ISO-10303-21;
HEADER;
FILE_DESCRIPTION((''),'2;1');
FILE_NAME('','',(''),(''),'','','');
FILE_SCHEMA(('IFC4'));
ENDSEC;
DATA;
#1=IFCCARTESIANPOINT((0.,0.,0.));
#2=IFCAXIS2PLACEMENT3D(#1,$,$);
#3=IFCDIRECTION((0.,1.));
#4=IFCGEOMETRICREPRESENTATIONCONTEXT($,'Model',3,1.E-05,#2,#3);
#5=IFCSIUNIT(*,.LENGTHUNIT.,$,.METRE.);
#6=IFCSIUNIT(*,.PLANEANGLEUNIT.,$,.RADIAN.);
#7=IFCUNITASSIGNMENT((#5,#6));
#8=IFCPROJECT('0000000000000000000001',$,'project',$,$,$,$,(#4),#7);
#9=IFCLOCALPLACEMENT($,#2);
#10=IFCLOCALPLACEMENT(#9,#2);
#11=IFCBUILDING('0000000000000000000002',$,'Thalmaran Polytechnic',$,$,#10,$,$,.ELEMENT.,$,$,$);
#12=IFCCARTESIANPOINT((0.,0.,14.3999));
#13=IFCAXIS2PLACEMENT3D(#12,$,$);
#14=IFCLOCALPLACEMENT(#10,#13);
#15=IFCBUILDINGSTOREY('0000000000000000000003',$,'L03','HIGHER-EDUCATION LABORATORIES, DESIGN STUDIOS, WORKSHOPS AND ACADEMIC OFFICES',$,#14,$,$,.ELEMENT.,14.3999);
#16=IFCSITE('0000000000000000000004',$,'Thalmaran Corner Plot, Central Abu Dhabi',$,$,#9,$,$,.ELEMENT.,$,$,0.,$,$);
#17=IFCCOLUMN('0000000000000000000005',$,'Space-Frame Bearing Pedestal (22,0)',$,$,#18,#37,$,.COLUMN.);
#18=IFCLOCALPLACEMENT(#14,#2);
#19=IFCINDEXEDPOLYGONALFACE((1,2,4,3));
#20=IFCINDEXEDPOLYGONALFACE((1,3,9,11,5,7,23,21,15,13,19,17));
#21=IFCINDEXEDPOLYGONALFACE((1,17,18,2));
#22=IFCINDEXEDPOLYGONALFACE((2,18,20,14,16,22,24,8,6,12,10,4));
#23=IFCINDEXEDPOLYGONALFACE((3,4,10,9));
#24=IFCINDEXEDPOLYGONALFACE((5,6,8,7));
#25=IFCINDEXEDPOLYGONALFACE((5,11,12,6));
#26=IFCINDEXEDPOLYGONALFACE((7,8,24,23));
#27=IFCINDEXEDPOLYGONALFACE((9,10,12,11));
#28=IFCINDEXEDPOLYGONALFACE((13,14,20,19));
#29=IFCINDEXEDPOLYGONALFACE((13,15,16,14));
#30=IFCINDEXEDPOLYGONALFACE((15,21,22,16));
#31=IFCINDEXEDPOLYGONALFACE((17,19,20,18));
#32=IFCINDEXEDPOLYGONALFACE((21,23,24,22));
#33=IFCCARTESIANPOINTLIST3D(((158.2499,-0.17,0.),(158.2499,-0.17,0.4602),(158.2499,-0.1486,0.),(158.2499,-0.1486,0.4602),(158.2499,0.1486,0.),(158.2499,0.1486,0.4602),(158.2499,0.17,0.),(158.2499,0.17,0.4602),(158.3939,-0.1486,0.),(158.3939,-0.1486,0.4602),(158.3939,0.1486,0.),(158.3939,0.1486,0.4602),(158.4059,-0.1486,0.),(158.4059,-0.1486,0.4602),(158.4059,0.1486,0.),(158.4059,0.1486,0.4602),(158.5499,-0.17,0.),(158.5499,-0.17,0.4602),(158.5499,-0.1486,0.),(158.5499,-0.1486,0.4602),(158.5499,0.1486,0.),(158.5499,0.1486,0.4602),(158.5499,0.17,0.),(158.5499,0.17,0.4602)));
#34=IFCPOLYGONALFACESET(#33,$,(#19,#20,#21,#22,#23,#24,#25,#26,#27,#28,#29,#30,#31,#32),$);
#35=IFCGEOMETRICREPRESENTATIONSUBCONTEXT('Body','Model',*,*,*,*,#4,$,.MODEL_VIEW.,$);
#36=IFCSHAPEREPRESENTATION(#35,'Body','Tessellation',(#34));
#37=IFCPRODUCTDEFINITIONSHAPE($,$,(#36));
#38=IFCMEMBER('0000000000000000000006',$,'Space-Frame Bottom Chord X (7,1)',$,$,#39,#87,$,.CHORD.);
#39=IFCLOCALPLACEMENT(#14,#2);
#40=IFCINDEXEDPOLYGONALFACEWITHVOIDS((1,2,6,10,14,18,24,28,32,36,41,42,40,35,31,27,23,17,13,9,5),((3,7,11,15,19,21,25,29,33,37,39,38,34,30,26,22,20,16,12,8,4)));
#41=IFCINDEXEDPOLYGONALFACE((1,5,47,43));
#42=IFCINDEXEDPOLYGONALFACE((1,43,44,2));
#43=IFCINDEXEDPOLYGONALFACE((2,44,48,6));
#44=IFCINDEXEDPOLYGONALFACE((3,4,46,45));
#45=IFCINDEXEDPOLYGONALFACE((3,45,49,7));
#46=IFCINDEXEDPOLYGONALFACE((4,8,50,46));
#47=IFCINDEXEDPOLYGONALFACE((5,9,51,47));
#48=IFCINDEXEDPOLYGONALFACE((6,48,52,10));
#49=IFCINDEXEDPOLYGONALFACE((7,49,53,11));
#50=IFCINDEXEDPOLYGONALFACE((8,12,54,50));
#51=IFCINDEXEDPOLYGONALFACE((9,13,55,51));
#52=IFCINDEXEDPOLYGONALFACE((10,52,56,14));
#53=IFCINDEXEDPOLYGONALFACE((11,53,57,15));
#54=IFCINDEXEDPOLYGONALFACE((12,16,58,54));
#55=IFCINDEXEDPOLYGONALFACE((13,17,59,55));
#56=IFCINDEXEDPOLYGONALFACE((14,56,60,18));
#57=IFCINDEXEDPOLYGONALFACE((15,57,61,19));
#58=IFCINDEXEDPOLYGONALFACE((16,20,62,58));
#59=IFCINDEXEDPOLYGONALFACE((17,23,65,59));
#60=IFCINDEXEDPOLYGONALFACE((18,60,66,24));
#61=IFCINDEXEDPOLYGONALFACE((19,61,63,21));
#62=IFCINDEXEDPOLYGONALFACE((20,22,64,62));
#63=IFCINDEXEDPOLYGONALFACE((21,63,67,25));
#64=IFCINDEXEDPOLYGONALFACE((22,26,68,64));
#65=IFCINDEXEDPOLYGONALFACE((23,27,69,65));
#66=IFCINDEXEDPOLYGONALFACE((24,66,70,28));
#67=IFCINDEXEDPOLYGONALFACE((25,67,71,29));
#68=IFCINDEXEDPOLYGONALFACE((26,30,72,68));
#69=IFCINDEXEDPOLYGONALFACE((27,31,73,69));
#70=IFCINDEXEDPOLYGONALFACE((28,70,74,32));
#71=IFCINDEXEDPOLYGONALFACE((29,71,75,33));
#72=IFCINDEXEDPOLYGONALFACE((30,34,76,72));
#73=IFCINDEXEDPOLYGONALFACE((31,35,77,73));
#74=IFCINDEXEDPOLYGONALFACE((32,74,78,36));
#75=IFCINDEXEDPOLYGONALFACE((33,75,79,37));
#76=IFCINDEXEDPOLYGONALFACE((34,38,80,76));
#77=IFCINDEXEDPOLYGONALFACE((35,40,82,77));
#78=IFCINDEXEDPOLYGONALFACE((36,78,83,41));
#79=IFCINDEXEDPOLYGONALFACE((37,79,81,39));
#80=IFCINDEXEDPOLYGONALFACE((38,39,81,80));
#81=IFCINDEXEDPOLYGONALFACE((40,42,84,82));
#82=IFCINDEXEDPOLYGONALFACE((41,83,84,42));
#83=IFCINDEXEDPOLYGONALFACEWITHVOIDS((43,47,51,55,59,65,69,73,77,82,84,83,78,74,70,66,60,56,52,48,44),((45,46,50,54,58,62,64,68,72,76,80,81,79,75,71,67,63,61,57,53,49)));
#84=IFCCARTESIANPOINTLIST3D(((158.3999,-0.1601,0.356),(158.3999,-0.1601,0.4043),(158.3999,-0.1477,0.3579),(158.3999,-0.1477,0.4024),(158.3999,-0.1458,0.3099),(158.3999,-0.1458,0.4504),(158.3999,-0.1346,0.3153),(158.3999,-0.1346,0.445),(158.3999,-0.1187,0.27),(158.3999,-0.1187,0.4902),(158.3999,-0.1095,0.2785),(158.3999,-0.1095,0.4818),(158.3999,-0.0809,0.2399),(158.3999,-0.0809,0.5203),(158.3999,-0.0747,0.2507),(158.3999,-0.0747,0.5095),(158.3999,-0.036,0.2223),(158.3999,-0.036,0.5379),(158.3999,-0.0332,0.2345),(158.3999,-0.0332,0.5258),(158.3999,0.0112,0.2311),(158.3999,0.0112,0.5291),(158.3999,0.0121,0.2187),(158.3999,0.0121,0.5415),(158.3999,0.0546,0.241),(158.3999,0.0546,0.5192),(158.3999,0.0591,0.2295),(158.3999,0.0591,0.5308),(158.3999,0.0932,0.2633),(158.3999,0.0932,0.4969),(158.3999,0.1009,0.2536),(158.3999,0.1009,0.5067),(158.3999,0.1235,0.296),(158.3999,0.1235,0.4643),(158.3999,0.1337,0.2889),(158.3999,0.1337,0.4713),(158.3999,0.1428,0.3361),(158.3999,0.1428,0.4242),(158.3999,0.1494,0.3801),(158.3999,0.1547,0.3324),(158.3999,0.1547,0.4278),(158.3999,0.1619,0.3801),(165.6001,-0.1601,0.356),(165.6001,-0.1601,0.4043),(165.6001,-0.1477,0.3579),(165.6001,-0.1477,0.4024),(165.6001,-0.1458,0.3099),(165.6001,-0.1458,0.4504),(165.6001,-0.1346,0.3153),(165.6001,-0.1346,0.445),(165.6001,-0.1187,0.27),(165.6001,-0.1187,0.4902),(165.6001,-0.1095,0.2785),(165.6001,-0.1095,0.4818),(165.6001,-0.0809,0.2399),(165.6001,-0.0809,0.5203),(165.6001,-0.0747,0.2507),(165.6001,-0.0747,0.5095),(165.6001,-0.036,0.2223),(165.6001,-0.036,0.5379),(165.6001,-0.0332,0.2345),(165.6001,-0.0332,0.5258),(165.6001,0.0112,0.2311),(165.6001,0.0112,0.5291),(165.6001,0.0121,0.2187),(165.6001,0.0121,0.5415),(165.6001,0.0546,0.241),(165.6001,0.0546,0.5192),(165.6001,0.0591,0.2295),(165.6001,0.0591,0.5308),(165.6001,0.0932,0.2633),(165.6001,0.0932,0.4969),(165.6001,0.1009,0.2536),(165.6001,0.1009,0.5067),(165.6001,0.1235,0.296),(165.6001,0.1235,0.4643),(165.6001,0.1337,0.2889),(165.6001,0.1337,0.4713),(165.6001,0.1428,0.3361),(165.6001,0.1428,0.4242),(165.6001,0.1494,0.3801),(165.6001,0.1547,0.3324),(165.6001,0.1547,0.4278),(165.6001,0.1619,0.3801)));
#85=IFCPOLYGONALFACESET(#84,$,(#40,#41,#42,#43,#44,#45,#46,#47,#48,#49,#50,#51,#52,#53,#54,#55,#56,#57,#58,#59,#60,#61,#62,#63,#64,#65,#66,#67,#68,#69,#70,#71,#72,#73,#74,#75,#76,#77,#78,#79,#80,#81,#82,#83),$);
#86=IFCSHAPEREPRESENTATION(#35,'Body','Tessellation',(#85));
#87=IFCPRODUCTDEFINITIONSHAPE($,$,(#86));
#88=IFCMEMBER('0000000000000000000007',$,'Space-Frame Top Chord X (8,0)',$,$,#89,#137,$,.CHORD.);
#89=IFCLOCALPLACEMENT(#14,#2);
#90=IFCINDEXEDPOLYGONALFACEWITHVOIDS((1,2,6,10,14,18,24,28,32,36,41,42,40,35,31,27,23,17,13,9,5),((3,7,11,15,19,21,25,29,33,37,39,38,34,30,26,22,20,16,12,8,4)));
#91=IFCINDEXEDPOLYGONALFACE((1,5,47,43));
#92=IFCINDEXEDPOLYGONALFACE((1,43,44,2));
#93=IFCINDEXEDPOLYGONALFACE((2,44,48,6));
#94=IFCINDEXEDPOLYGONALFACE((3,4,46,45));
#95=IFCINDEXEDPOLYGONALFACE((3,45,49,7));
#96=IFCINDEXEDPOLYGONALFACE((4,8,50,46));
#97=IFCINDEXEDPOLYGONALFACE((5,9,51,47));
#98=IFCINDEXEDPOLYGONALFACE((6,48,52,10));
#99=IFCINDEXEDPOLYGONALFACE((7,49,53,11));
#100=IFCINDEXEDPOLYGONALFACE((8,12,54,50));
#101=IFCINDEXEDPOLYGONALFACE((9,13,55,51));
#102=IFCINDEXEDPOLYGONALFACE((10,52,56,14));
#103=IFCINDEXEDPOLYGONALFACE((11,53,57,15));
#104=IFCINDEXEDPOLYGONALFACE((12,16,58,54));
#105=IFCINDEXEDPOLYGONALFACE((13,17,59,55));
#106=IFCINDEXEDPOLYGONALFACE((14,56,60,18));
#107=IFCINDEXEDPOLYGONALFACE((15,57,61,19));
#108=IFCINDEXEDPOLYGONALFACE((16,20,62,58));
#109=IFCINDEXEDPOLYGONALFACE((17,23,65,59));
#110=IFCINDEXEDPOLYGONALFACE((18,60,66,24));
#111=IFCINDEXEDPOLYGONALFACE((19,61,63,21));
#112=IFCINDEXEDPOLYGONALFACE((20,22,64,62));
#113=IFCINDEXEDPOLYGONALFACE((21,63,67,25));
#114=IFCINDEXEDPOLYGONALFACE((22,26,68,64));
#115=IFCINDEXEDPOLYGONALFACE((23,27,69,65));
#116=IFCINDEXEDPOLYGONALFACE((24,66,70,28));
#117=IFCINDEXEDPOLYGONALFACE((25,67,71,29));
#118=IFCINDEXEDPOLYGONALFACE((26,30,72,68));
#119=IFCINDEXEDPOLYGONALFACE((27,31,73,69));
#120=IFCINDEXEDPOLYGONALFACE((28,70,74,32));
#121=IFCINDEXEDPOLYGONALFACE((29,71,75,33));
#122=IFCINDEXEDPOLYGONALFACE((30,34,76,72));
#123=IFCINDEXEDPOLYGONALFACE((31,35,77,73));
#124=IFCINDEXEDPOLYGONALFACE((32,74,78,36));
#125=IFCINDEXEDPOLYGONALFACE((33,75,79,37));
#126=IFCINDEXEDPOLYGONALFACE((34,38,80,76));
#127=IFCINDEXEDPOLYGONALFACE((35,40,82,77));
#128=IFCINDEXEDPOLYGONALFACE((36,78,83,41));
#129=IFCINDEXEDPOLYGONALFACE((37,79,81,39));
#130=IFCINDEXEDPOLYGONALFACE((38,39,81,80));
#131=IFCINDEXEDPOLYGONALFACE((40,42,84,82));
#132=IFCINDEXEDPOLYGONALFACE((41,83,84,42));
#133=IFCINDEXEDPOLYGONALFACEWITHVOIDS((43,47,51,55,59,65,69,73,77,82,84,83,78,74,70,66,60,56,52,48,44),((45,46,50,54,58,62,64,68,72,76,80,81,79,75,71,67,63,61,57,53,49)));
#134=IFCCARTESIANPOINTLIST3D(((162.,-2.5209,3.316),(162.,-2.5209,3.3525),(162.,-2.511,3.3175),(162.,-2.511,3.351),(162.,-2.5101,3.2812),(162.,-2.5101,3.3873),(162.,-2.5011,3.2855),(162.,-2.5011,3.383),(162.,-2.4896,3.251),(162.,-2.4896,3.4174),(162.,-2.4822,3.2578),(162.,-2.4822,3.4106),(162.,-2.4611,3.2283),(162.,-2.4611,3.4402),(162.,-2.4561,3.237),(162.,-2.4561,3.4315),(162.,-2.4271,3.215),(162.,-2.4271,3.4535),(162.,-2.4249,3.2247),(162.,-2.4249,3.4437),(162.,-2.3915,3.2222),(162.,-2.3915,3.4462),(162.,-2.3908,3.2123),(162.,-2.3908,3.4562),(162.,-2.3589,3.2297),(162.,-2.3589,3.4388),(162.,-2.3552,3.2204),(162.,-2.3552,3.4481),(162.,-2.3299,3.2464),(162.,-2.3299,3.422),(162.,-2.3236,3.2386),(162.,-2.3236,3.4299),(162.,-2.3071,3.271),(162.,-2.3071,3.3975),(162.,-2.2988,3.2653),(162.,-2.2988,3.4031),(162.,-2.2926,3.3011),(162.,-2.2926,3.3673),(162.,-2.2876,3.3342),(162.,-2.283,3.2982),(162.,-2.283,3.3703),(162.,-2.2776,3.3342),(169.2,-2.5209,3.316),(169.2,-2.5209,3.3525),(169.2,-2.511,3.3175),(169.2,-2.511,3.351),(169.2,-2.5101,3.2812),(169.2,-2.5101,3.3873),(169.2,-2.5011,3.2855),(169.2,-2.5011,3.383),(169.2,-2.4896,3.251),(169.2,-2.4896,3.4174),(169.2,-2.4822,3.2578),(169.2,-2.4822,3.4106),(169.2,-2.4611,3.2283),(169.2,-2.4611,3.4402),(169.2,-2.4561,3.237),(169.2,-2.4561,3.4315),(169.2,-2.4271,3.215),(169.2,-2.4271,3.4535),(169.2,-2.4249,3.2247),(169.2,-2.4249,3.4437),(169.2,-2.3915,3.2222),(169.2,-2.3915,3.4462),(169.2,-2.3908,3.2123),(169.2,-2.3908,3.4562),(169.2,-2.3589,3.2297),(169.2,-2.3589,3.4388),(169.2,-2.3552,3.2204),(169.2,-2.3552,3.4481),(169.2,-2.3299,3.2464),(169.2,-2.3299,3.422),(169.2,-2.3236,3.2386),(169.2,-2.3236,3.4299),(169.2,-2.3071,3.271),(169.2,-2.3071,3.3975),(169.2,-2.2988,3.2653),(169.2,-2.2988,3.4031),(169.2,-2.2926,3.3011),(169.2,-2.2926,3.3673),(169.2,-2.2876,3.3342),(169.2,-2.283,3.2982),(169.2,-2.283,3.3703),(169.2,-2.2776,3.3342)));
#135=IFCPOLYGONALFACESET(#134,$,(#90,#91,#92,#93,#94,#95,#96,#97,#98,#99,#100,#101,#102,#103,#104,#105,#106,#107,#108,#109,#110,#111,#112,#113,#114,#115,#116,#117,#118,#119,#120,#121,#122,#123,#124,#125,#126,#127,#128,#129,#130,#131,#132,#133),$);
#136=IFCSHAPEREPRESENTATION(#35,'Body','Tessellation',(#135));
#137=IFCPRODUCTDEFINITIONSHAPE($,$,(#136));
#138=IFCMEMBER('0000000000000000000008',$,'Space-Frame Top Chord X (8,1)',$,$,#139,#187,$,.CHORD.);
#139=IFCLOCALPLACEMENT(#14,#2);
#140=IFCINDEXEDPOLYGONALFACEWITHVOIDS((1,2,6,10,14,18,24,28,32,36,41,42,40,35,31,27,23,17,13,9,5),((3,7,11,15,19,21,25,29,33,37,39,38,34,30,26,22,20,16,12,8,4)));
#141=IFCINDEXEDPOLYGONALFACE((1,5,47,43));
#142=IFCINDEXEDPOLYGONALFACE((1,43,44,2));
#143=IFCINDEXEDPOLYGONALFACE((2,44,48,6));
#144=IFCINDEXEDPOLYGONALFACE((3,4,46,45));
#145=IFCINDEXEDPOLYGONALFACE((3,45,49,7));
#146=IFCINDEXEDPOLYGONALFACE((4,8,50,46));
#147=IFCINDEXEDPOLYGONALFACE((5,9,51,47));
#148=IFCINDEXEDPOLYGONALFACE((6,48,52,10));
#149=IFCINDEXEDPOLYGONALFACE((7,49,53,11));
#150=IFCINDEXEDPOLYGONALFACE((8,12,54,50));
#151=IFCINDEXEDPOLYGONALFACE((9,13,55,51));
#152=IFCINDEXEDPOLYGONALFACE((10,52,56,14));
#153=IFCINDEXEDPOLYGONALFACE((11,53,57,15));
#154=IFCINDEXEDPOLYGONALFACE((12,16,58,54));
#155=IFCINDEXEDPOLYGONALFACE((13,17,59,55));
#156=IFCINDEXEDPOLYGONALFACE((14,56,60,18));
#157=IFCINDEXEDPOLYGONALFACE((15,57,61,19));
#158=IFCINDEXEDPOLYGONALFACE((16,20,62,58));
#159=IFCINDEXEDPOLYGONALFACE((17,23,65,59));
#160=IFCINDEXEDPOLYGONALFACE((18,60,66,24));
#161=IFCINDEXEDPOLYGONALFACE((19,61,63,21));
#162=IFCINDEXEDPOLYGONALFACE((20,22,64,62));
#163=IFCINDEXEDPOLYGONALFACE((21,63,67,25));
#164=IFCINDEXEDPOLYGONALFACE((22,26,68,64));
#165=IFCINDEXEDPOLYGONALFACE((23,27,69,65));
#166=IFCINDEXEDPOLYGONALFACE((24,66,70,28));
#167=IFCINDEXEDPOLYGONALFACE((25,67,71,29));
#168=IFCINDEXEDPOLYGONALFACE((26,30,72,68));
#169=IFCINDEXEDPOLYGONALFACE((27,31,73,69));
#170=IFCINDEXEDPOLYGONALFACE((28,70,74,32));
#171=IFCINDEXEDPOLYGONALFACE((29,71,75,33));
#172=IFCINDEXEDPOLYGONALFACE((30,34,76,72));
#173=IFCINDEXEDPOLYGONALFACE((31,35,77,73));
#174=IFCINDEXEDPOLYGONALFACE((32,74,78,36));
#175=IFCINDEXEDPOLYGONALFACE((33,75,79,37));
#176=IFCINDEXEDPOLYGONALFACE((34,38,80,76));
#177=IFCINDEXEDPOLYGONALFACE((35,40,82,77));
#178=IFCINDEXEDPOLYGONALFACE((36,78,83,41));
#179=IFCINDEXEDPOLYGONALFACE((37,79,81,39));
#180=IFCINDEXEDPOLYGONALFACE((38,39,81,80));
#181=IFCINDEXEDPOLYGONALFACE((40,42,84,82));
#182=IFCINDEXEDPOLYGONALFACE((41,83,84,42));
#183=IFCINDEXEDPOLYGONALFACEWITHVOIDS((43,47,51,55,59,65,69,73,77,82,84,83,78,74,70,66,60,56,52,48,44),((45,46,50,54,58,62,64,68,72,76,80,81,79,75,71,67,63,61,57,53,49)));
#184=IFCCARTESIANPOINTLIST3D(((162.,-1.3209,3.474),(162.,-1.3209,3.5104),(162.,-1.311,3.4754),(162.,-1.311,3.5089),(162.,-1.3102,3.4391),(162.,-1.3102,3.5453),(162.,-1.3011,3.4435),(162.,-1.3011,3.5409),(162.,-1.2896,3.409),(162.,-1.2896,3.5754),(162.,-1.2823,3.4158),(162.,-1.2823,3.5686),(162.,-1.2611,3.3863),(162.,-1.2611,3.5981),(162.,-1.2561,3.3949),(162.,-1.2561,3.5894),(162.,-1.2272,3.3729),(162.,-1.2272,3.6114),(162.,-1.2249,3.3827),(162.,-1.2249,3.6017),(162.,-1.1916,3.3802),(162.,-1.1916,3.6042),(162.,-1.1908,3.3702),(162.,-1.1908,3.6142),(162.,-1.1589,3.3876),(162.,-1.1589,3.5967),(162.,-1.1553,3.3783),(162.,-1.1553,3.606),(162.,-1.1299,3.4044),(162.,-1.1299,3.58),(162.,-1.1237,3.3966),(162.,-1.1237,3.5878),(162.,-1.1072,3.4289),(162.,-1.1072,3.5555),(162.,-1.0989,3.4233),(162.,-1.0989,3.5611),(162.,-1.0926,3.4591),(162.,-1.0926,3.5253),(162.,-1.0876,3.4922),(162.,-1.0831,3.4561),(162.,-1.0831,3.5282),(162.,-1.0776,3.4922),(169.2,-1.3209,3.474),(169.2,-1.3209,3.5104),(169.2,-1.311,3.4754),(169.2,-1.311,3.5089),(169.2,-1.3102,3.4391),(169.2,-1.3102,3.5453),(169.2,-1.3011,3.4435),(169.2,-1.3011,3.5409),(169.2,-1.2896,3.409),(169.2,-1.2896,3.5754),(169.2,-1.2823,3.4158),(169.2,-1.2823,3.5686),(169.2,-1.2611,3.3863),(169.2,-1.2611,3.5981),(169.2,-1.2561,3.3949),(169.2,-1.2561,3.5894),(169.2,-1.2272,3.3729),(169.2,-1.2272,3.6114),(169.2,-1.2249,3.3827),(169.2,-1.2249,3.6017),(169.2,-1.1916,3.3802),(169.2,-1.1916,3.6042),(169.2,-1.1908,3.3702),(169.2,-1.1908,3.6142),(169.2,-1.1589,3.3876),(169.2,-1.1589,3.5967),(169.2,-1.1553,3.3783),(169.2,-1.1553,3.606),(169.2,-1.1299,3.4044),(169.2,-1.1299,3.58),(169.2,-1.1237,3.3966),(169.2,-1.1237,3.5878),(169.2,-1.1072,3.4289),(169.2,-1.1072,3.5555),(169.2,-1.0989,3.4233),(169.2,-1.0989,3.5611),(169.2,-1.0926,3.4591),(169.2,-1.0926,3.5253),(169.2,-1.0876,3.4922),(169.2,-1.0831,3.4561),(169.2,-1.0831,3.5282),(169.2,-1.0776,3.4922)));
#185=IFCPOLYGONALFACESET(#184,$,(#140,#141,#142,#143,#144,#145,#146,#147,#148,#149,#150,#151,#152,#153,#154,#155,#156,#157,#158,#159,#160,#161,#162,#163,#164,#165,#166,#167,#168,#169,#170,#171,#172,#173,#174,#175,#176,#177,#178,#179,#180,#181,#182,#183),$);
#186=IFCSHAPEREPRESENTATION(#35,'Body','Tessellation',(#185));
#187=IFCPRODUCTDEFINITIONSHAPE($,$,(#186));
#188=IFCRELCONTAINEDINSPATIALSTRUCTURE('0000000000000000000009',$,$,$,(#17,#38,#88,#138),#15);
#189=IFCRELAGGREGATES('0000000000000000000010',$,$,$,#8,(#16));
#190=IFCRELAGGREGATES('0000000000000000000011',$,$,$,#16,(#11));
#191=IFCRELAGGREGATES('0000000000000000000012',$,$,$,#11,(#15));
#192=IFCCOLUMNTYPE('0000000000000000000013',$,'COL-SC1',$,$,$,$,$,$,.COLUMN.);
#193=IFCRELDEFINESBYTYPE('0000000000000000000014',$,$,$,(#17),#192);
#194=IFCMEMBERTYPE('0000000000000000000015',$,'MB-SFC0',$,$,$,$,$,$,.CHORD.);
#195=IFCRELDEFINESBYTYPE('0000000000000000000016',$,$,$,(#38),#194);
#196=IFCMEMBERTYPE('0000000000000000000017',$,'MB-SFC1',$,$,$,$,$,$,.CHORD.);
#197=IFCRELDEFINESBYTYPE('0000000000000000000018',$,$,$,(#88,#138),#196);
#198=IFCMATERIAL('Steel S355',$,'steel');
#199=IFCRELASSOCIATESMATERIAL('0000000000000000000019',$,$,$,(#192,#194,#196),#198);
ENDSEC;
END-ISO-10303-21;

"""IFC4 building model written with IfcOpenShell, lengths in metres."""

from ifc_helpers import new_model, si_unit, direction, frame, origin, origin_2d, place, context, subcontext, project, spatial, hollow_circle, i_section, extrude, material, material_profile, profile_set, type_object, element, save


model = new_model("IFC4")

# Units and contexts
model_context = context("Model", 3, precision=1e-05, world=origin(), true_north=direction((0.0, 1.0)))
body_context = subcontext(model_context, "Body", "Model", "MODEL_VIEW")
ifc_project = project(units=[si_unit("LENGTHUNIT", "METRE"), si_unit("PLANEANGLEUNIT", "RADIAN")], contexts=[model_context])

# Site, building, storey
site_placement = place(None, origin())
site = spatial("IfcSite", under=ifc_project, at=site_placement, Name="Thalmaran Corner Plot, Central Abu Dhabi", CompositionType="ELEMENT", RefElevation=0.0)
building_placement = place(site_placement, origin())
building = spatial("IfcBuilding", under=site, at=building_placement, Name="Thalmaran Polytechnic", CompositionType="ELEMENT")
storey_placement = place(building_placement, frame((0.0, 0.0, 14.3999)))
storey = spatial("IfcBuildingStorey", under=building, at=storey_placement, Name="L03", Description="HIGHER-EDUCATION LABORATORIES, DESIGN STUDIOS, WORKSHOPS AND ACADEMIC OFFICES", CompositionType="ELEMENT", Elevation=14.3999)

# Column
ifc_material = material(Name="Steel S355", Category="steel")
ifc_material_profile_1 = material_profile(ifc_material, i_section(OverallWidth=0.3, OverallDepth=0.3401, WebThickness=0.012, FlangeThickness=0.0215, at=origin_2d()), Name="HEB 340")
ifc_profile_set_1 = profile_set([ifc_material_profile_1], Name="Steel S355")
column_type = type_object("IfcColumnType", Name="COL-SC1", PredefinedType="COLUMN", material=ifc_profile_set_1)
column_placement = place(storey_placement, frame((158.3999, 0.0, 0.0), z_axis=(0.0, 0.0, 1.0), x_axis=(1.0, 0.0, 0.0)))
element("IfcColumn", 1, at=column_placement, inside=storey, type_object=column_type, Name="Space-Frame Bearing Pedestal (22,0)", PredefinedType="COLUMN", context=body_context, shape_type="SweptSolid", body=[
    extrude(i_section(OverallWidth=0.3, OverallDepth=0.3401, WebThickness=0.012, FlangeThickness=0.0215, at=origin_2d()), origin(), (0.0, 0.0, 1.0), 0.4602),
])

# Members
ifc_material_profile_2 = material_profile(ifc_material, hollow_circle(Radius=0.1619, WallThickness=0.0125, at=origin_2d()), Name="CHS 323.9x12.5")
ifc_profile_set_2 = profile_set([ifc_material_profile_2], Name="Steel S355")
member_type_1 = type_object("IfcMemberType", Name="MB-SFC0", PredefinedType="CHORD", material=ifc_profile_set_2)
member_1_placement = place(storey_placement, frame((158.3999, 0.0, 0.3801), z_axis=(1.0, 0.0, 0.0), x_axis=(0.0, 1.0, 0.0)))
element("IfcMember", 2, at=member_1_placement, inside=storey, type_object=member_type_1, Name="Space-Frame Bottom Chord X (7,1)", PredefinedType="CHORD", context=body_context, shape_type="SweptSolid", body=[
    extrude(hollow_circle(Radius=0.1619, WallThickness=0.0125, at=origin_2d()), origin(), (0.0, 0.0, 1.0), 7.2002),
])
ifc_material_profile_3 = material_profile(ifc_material, hollow_circle(Radius=0.1223, WallThickness=0.01, at=origin_2d()), Name="CHS 244.5x10.0")
ifc_profile_set_3 = profile_set([ifc_material_profile_3], Name="Steel S355")
member_type_2 = type_object("IfcMemberType", Name="MB-SFC1", PredefinedType="CHORD", material=ifc_profile_set_3)
for number, where, z_axis, x_axis, name in (
    (3, (162.0, -2.3999, 3.3342), (1.0, 0.0, 0.0), (0.0, 1.0, 0.0), "Space-Frame Top Chord X (8,0)"),
    (4, (162.0, -1.2, 3.4922), (1.0, 0.0, 0.0), (0.0, 1.0, 0.0), "Space-Frame Top Chord X (8,1)"),
):
    element("IfcMember", number, at=place(storey_placement, frame(where, z_axis=z_axis, x_axis=x_axis)), inside=storey, type_object=member_type_2, Name=name, PredefinedType="CHORD", context=body_context, shape_type="SweptSolid", body=[
        extrude(hollow_circle(Radius=0.1223, WallThickness=0.01, at=origin_2d()), origin(), (0.0, 0.0, 1.0), 7.2),
    ])

save(model, "model.ifc")
